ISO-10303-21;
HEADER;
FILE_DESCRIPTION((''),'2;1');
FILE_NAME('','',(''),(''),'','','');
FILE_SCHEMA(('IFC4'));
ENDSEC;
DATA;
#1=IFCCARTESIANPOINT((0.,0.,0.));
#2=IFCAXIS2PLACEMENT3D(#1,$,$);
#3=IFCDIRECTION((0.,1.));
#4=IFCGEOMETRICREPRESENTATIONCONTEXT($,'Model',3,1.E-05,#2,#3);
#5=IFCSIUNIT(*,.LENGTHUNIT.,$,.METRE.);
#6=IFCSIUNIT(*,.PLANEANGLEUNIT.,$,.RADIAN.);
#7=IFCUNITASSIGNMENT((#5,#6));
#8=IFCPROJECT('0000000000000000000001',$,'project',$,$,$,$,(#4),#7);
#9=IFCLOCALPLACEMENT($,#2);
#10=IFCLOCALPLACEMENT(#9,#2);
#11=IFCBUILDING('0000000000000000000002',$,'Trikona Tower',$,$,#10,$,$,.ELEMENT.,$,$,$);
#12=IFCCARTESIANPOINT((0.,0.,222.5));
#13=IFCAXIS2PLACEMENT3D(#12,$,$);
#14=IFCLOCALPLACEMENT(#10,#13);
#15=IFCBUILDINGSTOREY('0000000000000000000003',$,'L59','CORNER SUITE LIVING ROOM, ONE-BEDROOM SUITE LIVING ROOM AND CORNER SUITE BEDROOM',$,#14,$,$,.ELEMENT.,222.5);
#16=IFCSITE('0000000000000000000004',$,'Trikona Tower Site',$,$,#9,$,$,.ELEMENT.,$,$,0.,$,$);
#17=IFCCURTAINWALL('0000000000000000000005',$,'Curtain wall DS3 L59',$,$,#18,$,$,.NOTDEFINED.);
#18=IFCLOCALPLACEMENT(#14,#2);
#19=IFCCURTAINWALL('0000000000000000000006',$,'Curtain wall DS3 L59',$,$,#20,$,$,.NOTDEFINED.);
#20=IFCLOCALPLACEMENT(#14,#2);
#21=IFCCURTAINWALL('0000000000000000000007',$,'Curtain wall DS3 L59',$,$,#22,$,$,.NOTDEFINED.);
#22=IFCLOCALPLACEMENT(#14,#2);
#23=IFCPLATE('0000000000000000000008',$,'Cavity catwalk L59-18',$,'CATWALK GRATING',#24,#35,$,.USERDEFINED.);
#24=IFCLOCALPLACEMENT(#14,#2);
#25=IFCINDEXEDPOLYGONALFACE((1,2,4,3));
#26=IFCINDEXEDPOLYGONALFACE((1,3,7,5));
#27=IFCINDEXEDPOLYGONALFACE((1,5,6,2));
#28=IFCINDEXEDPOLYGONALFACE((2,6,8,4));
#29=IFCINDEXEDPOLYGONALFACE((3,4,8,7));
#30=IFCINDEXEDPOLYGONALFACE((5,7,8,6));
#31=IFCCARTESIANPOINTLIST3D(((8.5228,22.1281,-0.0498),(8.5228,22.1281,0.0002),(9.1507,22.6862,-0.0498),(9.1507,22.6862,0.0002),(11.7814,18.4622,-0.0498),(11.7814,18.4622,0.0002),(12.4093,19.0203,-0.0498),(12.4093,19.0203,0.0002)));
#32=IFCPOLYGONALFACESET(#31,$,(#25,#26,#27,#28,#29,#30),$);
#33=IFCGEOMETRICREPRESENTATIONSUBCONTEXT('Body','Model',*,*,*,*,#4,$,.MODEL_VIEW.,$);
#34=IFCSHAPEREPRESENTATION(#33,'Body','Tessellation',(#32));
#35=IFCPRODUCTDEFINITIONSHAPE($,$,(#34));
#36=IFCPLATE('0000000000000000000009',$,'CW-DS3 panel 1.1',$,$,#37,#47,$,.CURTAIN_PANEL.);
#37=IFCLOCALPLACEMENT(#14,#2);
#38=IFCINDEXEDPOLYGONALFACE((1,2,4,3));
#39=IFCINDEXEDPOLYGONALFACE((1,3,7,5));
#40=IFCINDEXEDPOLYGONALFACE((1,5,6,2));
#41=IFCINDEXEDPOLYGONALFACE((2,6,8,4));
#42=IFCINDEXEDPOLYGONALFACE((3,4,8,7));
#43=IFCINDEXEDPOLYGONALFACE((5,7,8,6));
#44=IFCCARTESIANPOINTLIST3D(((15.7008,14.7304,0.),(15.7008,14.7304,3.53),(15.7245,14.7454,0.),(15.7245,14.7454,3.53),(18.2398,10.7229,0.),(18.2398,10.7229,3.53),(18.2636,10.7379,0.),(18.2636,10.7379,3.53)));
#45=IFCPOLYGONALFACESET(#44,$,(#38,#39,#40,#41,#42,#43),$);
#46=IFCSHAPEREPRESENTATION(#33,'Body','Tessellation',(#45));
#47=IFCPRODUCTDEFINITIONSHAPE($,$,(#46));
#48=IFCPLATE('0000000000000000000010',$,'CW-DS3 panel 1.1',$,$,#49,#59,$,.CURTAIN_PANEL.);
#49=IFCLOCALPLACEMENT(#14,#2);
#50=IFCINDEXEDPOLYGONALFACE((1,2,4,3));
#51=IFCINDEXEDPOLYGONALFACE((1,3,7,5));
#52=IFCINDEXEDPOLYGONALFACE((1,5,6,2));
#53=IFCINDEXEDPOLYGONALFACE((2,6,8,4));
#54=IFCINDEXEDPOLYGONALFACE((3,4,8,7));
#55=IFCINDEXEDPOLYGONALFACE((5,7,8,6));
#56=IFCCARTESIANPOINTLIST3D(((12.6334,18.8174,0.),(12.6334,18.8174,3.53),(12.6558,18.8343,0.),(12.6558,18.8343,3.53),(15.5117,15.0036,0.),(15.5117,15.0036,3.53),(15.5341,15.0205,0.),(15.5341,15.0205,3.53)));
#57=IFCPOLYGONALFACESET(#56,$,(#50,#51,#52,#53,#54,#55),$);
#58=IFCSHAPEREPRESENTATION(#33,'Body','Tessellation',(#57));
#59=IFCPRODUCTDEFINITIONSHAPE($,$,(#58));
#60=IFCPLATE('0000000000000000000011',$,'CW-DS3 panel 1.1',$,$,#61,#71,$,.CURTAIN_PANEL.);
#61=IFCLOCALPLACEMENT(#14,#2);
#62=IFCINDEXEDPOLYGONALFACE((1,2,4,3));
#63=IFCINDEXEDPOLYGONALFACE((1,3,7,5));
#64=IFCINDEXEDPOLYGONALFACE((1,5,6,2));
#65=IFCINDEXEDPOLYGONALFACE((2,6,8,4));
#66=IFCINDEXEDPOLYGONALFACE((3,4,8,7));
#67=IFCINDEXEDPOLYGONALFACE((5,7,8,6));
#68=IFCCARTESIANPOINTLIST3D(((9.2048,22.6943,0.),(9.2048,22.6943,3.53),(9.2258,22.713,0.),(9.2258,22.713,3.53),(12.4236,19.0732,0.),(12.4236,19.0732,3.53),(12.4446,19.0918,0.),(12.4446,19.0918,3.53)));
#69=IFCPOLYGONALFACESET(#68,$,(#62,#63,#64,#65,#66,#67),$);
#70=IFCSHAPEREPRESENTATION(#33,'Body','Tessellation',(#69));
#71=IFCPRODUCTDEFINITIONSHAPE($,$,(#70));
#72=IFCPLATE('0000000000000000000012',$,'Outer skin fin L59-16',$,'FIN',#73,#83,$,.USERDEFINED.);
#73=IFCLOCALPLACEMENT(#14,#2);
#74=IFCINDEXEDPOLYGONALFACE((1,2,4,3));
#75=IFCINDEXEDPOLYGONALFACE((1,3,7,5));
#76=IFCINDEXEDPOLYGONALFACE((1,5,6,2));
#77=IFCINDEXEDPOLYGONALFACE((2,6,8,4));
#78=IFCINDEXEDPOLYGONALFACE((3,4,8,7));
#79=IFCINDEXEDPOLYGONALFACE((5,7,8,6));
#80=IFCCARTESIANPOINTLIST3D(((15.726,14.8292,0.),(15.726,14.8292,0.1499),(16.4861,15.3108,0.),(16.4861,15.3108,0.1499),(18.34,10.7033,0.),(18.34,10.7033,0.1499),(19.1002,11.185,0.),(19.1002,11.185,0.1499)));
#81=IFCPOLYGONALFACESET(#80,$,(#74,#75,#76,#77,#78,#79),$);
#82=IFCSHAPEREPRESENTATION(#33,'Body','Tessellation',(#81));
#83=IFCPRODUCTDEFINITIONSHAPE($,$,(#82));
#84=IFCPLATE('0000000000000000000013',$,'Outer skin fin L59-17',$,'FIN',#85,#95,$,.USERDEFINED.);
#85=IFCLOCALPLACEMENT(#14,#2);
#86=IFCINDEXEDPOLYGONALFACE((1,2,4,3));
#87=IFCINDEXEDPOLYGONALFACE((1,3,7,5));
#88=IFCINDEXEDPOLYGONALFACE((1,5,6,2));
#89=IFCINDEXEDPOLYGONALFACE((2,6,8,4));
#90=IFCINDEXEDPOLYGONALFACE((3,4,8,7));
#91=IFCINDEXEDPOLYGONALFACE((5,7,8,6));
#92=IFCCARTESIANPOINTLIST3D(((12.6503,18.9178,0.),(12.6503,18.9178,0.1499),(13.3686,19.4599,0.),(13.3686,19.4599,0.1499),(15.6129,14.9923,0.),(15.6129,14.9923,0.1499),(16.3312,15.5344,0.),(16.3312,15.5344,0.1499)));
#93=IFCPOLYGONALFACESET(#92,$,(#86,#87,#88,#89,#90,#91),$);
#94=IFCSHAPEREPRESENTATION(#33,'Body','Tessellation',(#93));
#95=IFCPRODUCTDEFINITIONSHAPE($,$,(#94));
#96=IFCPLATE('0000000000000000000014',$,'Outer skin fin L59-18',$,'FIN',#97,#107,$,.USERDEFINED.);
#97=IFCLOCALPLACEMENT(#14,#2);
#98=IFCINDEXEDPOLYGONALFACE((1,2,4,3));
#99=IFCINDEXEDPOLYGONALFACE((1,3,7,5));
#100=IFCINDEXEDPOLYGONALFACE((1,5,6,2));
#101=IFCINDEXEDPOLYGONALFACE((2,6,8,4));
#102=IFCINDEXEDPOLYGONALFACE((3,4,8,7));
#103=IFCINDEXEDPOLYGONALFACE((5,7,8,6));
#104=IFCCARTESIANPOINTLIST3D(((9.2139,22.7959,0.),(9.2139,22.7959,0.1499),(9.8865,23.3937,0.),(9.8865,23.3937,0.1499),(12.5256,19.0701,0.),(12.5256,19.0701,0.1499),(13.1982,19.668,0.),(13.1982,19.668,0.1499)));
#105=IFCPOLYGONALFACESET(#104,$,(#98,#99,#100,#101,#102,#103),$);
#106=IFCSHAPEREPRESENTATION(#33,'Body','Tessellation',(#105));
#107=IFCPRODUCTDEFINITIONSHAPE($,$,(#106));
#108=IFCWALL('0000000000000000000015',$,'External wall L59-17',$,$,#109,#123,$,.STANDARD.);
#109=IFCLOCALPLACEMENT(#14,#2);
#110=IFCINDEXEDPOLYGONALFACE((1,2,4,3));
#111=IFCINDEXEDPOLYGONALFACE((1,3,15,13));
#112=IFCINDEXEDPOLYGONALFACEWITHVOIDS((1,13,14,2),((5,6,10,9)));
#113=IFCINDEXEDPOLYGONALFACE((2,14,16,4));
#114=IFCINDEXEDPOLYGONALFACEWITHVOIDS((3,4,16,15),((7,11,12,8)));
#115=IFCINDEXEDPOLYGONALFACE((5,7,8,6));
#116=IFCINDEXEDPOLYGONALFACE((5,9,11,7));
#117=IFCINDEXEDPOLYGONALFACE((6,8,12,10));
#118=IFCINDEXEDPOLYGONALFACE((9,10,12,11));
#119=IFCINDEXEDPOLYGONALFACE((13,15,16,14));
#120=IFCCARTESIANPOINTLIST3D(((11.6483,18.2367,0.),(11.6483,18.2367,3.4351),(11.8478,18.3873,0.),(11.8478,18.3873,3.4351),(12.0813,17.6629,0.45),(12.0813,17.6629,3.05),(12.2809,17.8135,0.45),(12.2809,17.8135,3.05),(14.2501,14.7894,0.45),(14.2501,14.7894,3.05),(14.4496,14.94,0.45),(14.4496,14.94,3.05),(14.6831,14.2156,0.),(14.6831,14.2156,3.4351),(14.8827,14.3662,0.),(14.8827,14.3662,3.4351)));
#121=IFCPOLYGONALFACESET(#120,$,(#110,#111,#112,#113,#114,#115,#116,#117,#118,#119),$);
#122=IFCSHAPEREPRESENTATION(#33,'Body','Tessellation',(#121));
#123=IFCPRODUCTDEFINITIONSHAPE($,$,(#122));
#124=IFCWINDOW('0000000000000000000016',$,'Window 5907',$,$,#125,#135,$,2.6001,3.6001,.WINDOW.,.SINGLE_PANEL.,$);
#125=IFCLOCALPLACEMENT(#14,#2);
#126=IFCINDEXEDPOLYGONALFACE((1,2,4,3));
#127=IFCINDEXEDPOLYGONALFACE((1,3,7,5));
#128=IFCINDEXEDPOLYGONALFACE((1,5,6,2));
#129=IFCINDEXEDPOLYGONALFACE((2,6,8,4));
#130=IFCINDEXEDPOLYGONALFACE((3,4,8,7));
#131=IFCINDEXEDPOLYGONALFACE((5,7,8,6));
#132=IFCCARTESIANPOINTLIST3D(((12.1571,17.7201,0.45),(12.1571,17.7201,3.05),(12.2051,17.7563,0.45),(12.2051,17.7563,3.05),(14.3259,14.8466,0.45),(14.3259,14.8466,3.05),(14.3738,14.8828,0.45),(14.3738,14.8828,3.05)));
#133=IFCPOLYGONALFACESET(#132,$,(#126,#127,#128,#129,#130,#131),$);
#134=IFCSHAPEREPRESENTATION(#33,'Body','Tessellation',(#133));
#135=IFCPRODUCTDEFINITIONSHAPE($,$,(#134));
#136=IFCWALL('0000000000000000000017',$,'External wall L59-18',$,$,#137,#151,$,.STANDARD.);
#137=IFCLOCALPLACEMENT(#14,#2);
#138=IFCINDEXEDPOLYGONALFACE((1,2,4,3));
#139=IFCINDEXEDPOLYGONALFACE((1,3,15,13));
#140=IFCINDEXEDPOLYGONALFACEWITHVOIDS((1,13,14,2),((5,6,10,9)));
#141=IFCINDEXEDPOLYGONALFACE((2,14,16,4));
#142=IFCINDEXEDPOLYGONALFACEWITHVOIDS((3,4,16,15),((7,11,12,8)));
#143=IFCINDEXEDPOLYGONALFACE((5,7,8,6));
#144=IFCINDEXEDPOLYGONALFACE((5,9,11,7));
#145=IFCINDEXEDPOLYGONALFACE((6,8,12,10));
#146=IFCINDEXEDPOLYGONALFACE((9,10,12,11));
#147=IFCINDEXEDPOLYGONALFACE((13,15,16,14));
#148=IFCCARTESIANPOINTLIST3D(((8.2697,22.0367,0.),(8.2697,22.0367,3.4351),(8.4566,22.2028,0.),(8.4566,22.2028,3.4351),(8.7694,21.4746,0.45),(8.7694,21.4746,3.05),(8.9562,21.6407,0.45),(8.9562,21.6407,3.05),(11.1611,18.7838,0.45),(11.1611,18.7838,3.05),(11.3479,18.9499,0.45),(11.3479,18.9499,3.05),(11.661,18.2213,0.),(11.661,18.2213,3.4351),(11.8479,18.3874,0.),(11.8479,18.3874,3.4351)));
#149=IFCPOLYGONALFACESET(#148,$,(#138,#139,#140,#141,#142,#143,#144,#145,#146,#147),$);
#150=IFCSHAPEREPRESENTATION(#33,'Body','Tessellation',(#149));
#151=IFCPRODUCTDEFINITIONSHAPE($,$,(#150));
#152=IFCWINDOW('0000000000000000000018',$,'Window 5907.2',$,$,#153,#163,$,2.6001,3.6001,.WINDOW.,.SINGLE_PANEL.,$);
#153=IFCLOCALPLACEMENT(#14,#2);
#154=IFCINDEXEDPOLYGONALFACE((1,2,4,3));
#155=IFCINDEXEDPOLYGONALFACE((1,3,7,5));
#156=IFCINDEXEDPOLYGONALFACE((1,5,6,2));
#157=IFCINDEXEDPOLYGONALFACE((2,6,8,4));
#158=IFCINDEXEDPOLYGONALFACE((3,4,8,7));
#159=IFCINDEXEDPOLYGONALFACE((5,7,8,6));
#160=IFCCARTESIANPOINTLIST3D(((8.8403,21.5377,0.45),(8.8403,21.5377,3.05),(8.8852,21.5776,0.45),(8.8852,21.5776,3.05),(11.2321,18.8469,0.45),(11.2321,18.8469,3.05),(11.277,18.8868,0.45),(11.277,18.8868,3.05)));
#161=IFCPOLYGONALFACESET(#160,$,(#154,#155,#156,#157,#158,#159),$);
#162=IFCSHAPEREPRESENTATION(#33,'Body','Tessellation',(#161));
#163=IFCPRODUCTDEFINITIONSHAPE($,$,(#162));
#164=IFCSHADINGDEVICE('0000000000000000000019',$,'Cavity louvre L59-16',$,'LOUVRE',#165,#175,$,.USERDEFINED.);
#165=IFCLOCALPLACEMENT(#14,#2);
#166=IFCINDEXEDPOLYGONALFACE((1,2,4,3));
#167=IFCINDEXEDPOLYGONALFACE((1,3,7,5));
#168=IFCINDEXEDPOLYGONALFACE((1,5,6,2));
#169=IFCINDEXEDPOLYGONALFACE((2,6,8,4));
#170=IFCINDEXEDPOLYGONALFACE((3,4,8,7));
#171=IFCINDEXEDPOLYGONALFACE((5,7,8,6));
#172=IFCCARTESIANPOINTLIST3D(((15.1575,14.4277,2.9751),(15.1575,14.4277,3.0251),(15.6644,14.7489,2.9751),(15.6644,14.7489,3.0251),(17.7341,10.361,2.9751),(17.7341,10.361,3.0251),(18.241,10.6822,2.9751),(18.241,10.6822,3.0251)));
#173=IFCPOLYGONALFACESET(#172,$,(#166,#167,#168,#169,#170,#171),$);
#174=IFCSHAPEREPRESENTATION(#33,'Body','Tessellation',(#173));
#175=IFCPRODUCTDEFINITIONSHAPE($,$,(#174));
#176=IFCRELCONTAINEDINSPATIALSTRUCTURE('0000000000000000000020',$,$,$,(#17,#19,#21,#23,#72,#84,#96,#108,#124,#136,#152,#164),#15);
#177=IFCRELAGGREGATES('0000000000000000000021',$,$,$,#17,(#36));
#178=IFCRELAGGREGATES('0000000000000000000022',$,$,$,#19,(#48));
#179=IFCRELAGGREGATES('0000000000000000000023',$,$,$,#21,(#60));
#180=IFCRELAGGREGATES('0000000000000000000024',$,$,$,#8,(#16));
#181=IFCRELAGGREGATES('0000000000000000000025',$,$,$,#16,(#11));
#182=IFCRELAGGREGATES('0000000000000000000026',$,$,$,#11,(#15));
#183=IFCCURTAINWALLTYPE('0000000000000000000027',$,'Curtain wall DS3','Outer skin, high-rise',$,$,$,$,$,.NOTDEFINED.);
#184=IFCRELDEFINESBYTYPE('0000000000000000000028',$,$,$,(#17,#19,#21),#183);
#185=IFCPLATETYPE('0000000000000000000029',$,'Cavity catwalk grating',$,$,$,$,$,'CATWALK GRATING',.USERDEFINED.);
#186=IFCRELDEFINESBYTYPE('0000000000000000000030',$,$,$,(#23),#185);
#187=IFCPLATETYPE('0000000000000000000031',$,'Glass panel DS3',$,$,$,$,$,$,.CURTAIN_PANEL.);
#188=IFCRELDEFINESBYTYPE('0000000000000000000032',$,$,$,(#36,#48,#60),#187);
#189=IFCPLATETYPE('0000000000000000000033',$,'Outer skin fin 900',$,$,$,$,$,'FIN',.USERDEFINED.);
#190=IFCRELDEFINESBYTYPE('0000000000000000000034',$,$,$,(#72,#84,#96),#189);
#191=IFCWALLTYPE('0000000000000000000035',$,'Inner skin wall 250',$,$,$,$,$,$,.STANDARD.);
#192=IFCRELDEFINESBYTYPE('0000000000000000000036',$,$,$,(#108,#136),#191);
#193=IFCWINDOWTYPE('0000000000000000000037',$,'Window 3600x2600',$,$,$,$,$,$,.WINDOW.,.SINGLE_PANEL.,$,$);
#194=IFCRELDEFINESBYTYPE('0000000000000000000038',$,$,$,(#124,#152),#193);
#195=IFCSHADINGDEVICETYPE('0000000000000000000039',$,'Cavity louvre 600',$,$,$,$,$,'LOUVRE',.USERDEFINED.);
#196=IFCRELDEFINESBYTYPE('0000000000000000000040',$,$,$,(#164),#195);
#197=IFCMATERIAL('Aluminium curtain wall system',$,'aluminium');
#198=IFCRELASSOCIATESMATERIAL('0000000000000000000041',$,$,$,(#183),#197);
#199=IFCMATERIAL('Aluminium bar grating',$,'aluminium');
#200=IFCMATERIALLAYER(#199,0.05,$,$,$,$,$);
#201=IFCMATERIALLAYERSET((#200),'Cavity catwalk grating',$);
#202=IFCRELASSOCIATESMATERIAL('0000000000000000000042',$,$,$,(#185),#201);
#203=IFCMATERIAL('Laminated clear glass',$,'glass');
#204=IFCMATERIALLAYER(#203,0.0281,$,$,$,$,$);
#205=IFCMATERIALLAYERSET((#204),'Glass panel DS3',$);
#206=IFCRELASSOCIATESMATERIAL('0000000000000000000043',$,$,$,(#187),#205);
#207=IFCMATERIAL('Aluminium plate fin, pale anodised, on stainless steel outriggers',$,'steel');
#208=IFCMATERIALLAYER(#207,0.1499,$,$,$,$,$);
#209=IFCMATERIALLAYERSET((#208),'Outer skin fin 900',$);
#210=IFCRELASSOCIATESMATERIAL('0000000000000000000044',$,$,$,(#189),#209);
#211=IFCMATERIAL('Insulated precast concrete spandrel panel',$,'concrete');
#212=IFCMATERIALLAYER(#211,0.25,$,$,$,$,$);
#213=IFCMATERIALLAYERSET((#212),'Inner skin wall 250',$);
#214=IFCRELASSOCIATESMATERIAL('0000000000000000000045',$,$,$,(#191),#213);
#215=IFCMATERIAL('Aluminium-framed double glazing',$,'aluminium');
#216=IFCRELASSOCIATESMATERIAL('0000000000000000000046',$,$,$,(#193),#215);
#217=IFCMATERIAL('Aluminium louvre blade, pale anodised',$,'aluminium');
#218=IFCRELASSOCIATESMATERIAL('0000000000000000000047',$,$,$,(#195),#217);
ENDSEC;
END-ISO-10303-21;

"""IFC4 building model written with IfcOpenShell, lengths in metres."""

from ifc_helpers import new_model, si_unit, direction, frame, frame_2d, origin, origin_2d, place, context, subcontext, project, spatial, rectangle, extrude, material, layer, layer_set, type_object, element, fill, aggregate, save


model = new_model("IFC4")

# Units and contexts
model_context = context("Model", 3, precision=1e-05, world=origin(), true_north=direction((0.0, 1.0)))
body_context = subcontext(model_context, "Body", "Model", "MODEL_VIEW")
ifc_project = project(units=[si_unit("LENGTHUNIT", "METRE"), si_unit("PLANEANGLEUNIT", "RADIAN")], contexts=[model_context])

# Site, building, storey
site_placement = place(None, origin())
site = spatial("IfcSite", under=ifc_project, at=site_placement, Name="Trikona Tower Site", CompositionType="ELEMENT", RefElevation=0.0)
building_placement = place(site_placement, origin())
building = spatial("IfcBuilding", under=site, at=building_placement, Name="Trikona Tower", CompositionType="ELEMENT")
storey_placement = place(building_placement, frame((0.0, 0.0, 222.5)))
storey = spatial("IfcBuildingStorey", under=building, at=storey_placement, Name="L59", Description="CORNER SUITE LIVING ROOM, ONE-BEDROOM SUITE LIVING ROOM AND CORNER SUITE BEDROOM", CompositionType="ELEMENT", Elevation=222.5)

# Curtain walls
ifc_material_1 = material(Name="Aluminium curtain wall system", Category="aluminium")
curtain_wall_type = type_object("IfcCurtainWallType", Name="Curtain wall DS3", Description="Outer skin, high-rise", PredefinedType="NOTDEFINED", material=ifc_material_1)
curtain_wall_1_placement = place(storey_placement, origin())
curtain_wall_1 = element("IfcCurtainWall", 1, at=curtain_wall_1_placement, inside=storey, type_object=curtain_wall_type, Name="Curtain wall DS3 L59", PredefinedType="NOTDEFINED")
curtain_wall_2_placement = place(storey_placement, origin())
curtain_wall_2 = element("IfcCurtainWall", 2, at=curtain_wall_2_placement, inside=storey, type_object=curtain_wall_type, Name="Curtain wall DS3 L59", PredefinedType="NOTDEFINED")

# Curtain wall
curtain_wall_3_placement = place(storey_placement, origin())
curtain_wall_3 = element("IfcCurtainWall", 3, at=curtain_wall_3_placement, inside=storey, type_object=curtain_wall_type, Name="Curtain wall DS3 L59", PredefinedType="NOTDEFINED")

# Plate
ifc_material_2 = material(Name="Aluminium bar grating", Category="aluminium")
ifc_layer_1 = layer(ifc_material_2, 0.05)
ifc_layer_set_1 = layer_set([ifc_layer_1], Name="Cavity catwalk grating")
plate_type_1 = type_object("IfcPlateType", Name="Cavity catwalk grating", ElementType="CATWALK GRATING", PredefinedType="USERDEFINED", material=ifc_layer_set_1)
plate_1_placement = place(storey_placement, frame((10.4661, 20.5742, -0.0498), z_axis=(0.0, 0.0, 1.0), x_axis=(-0.664367, 0.747406, 0.0)))
element("IfcPlate", 4, at=plate_1_placement, inside=storey, type_object=plate_type_1, Name="Cavity catwalk L59-18", ObjectType="CATWALK GRATING", PredefinedType="USERDEFINED", context=body_context, shape_type="SweptSolid", body=[
    extrude(rectangle(XDim=4.9048, YDim=0.8401, at=origin_2d()), origin(), (0.0, 0.0, 1.0), 0.05),
])

# Plates
ifc_material_3 = material(Name="Laminated clear glass", Category="glass")
ifc_layer_2 = layer(ifc_material_3, 0.0281)
ifc_layer_set_2 = layer_set([ifc_layer_2], Name="Glass panel DS3")
plate_type_2 = type_object("IfcPlateType", Name="Glass panel DS3", PredefinedType="CURTAIN_PANEL", material=ifc_layer_set_2)
plate_2_placement = place(storey_placement, frame((16.9822, 12.7341, 0.0), z_axis=(0.0, 0.0, 1.0), x_axis=(-0.535197, 0.844727, 0.0)))
plate_2 = element("IfcPlate", 5, at=plate_2_placement, type_object=plate_type_2, Name="CW-DS3 panel 1.1", PredefinedType="CURTAIN_PANEL", context=body_context, shape_type="SweptSolid", body=[
    extrude(rectangle(XDim=4.7441, YDim=0.0281, at=origin_2d()), origin(), (0.0, 0.0, 1.0), 3.53),
])
aggregate(curtain_wall_1, [plate_2])
plate_3_placement = place(storey_placement, frame((14.0837, 16.9189, 0.0), z_axis=(0.0, 0.0, 1.0), x_axis=(-0.602402, 0.798193, 0.0)))
plate_3 = element("IfcPlate", 6, at=plate_3_placement, type_object=plate_type_2, Name="CW-DS3 panel 1.1", PredefinedType="CURTAIN_PANEL", context=body_context, shape_type="SweptSolid", body=[
    extrude(rectangle(XDim=4.7781, YDim=0.0281, at=origin_2d()), origin(), (0.0, 0.0, 1.0), 3.53),
])
aggregate(curtain_wall_2, [plate_3])
plate_4_placement = place(storey_placement, frame((10.8247, 20.8931, 0.0), z_axis=(0.0, 0.0, 1.0), x_axis=(-0.664371, 0.747403, 0.0)))
plate_4 = element("IfcPlate", 7, at=plate_4_placement, type_object=plate_type_2, Name="CW-DS3 panel 1.1", PredefinedType="CURTAIN_PANEL", context=body_context, shape_type="SweptSolid", body=[
    extrude(rectangle(XDim=4.845, YDim=0.0281, at=origin_2d()), origin(), (0.0, 0.0, 1.0), 3.53),
])
aggregate(curtain_wall_3, [plate_4])

# Plates
ifc_material_4 = material(Name="Aluminium plate fin, pale anodised, on stainless steel outriggers", Category="steel")
ifc_layer_3 = layer(ifc_material_4, 0.1499)
ifc_layer_set_3 = layer_set([ifc_layer_3], Name="Outer skin fin 900")
plate_type_3 = type_object("IfcPlateType", Name="Outer skin fin 900", ElementType="FIN", PredefinedType="USERDEFINED", material=ifc_layer_set_3)
plate_5_placement = place(storey_placement, frame((17.4131, 13.0071, 0.0), z_axis=(0.0, 0.0, 1.0), x_axis=(-0.535205, 0.844722, 0.0)))
element("IfcPlate", 8, at=plate_5_placement, inside=storey, type_object=plate_type_3, Name="Outer skin fin L59-16", ObjectType="FIN", PredefinedType="USERDEFINED", context=body_context, shape_type="SweptSolid", body=[
    extrude(rectangle(XDim=4.8843, YDim=0.8999, at=origin_2d()), origin(), (0.0, 0.0, 1.0), 0.1499),
])
plate_6_placement = place(storey_placement, frame((14.4907, 17.2261, 0.0), z_axis=(0.0, 0.0, 1.0), x_axis=(-0.602402, 0.798193, 0.0)))
element("IfcPlate", 9, at=plate_6_placement, inside=storey, type_object=plate_type_3, Name="Outer skin fin L59-17", ObjectType="FIN", PredefinedType="USERDEFINED", context=body_context, shape_type="SweptSolid", body=[
    extrude(rectangle(XDim=4.918, YDim=0.8999, at=origin_2d()), origin(), (0.0, 0.0, 1.0), 0.1499),
])
plate_7_placement = place(storey_placement, frame((11.2061, 21.2319, 0.0), z_axis=(0.0, 0.0, 1.0), x_axis=(-0.664367, 0.747406, 0.0)))
element("IfcPlate", 10, at=plate_7_placement, inside=storey, type_object=plate_type_3, Name="Outer skin fin L59-18", ObjectType="FIN", PredefinedType="USERDEFINED", context=body_context, shape_type="SweptSolid", body=[
    extrude(rectangle(XDim=4.9849, YDim=0.8999, at=origin_2d()), origin(), (0.0, 0.0, 1.0), 0.1499),
])

# Walls, openings, windows
ifc_material_5 = material(Name="Insulated precast concrete spandrel panel", Category="concrete")
ifc_layer_4 = layer(ifc_material_5, 0.25)
ifc_layer_set_4 = layer_set([ifc_layer_4], Name="Inner skin wall 250")
wall_type = type_object("IfcWallType", Name="Inner skin wall 250", PredefinedType="STANDARD", material=ifc_layer_set_4)
wall_1_placement = place(storey_placement, frame((14.783, 14.2908, 0.0), z_axis=(0.0, 0.0, 1.0), x_axis=(-0.602409, 0.798188, 0.0)))
wall_1 = element("IfcWall", 11, at=wall_1_placement, inside=storey, type_object=wall_type, Name="External wall L59-17", PredefinedType="STANDARD", context=body_context, shape_type="SweptSolid", body=[
    extrude(rectangle(XDim=5.0378, YDim=0.25, at=frame_2d((2.519, 0.0))), origin(), (0.0, 0.0, 1.0), 3.4351),
])
opening_1_placement = place(wall_1_placement, frame((0.719, 0.0, 0.45)))
opening_1 = element("IfcOpeningElement", 12, at=opening_1_placement, cuts=wall_1, PredefinedType="OPENING", context=body_context, shape_type="SweptSolid", body=[
    extrude(rectangle(XDim=3.6001, YDim=2.6001, at=frame_2d((1.8, 1.3))), frame((0.0, 0.135, 0.0), z_axis=(0.0, -1.0, 0.0), x_axis=(1.0, 0.0, 0.0)), (0.0, 0.0, 1.0), 0.27),
])
ifc_material_6 = material(Name="Aluminium-framed double glazing", Category="aluminium")
window_type = type_object("IfcWindowType", Name="Window 3600x2600", PartitioningType="SINGLE_PANEL", PredefinedType="WINDOW", material=ifc_material_6)
window_1_placement = place(opening_1_placement, origin())
window_1 = element("IfcWindow", 13, at=window_1_placement, inside=storey, type_object=window_type, Name="Window 5907", OverallHeight=2.6001, OverallWidth=3.6001, PartitioningType="SINGLE_PANEL", PredefinedType="WINDOW", context=body_context, shape_type="SweptSolid", body=[
    extrude(rectangle(XDim=3.6001, YDim=2.6001, at=frame_2d((1.8, 1.3))), frame((0.0, 0.03, 0.0), z_axis=(0.0, -1.0, 0.0), x_axis=(1.0, 0.0, 0.0)), (0.0, 0.0, 1.0), 0.0601),
])
fill(opening_1, window_1)
wall_2_placement = place(storey_placement, frame((11.7544, 18.3044, 0.0), z_axis=(0.0, 0.0, 1.0), x_axis=(-0.664349, 0.747423, 0.0)))
wall_2 = element("IfcWall", 14, at=wall_2_placement, inside=storey, type_object=wall_type, Name="External wall L59-18", PredefinedType="STANDARD", context=body_context, shape_type="SweptSolid", body=[
    extrude(rectangle(XDim=5.1047, YDim=0.25, at=frame_2d((2.5522, 0.0))), origin(), (0.0, 0.0, 1.0), 3.4351),
])
opening_2_placement = place(wall_2_placement, frame((0.7524, 0.0, 0.45)))
opening_2 = element("IfcOpeningElement", 15, at=opening_2_placement, cuts=wall_2, PredefinedType="OPENING", context=body_context, shape_type="SweptSolid", body=[
    extrude(rectangle(XDim=3.6001, YDim=2.6001, at=frame_2d((1.8, 1.3))), frame((0.0, 0.135, 0.0), z_axis=(0.0, -1.0, 0.0), x_axis=(1.0, 0.0, 0.0)), (0.0, 0.0, 1.0), 0.27),
])
window_2_placement = place(opening_2_placement, origin())
window_2 = element("IfcWindow", 16, at=window_2_placement, inside=storey, type_object=window_type, Name="Window 5907.2", OverallHeight=2.6001, OverallWidth=3.6001, PartitioningType="SINGLE_PANEL", PredefinedType="WINDOW", context=body_context, shape_type="SweptSolid", body=[
    extrude(rectangle(XDim=3.6001, YDim=2.6001, at=frame_2d((1.8, 1.3))), frame((0.0, 0.03, 0.0), z_axis=(0.0, -1.0, 0.0), x_axis=(1.0, 0.0, 0.0)), (0.0, 0.0, 1.0), 0.0601),
])
fill(opening_2, window_2)

# Shading device
ifc_material_7 = material(Name="Aluminium louvre blade, pale anodised", Category="aluminium")
shading_device_type = type_object("IfcShadingDeviceType", Name="Cavity louvre 600", ElementType="LOUVRE", PredefinedType="USERDEFINED", material=ifc_material_7)
shading_device_1_placement = place(storey_placement, frame((16.6992, 12.5549, 2.9751), z_axis=(0.0, 0.0, 1.0), x_axis=(-0.535205, 0.844722, 0.0)))
element("IfcShadingDevice", 17, at=shading_device_1_placement, inside=storey, type_object=shading_device_type, Name="Cavity louvre L59-16", ObjectType="LOUVRE", PredefinedType="USERDEFINED", context=body_context, shape_type="SweptSolid", body=[
    extrude(rectangle(XDim=4.8142, YDim=0.6001, at=origin_2d()), origin(), (0.0, 0.0, 1.0), 0.05),
])

save(model, "model.ifc")
